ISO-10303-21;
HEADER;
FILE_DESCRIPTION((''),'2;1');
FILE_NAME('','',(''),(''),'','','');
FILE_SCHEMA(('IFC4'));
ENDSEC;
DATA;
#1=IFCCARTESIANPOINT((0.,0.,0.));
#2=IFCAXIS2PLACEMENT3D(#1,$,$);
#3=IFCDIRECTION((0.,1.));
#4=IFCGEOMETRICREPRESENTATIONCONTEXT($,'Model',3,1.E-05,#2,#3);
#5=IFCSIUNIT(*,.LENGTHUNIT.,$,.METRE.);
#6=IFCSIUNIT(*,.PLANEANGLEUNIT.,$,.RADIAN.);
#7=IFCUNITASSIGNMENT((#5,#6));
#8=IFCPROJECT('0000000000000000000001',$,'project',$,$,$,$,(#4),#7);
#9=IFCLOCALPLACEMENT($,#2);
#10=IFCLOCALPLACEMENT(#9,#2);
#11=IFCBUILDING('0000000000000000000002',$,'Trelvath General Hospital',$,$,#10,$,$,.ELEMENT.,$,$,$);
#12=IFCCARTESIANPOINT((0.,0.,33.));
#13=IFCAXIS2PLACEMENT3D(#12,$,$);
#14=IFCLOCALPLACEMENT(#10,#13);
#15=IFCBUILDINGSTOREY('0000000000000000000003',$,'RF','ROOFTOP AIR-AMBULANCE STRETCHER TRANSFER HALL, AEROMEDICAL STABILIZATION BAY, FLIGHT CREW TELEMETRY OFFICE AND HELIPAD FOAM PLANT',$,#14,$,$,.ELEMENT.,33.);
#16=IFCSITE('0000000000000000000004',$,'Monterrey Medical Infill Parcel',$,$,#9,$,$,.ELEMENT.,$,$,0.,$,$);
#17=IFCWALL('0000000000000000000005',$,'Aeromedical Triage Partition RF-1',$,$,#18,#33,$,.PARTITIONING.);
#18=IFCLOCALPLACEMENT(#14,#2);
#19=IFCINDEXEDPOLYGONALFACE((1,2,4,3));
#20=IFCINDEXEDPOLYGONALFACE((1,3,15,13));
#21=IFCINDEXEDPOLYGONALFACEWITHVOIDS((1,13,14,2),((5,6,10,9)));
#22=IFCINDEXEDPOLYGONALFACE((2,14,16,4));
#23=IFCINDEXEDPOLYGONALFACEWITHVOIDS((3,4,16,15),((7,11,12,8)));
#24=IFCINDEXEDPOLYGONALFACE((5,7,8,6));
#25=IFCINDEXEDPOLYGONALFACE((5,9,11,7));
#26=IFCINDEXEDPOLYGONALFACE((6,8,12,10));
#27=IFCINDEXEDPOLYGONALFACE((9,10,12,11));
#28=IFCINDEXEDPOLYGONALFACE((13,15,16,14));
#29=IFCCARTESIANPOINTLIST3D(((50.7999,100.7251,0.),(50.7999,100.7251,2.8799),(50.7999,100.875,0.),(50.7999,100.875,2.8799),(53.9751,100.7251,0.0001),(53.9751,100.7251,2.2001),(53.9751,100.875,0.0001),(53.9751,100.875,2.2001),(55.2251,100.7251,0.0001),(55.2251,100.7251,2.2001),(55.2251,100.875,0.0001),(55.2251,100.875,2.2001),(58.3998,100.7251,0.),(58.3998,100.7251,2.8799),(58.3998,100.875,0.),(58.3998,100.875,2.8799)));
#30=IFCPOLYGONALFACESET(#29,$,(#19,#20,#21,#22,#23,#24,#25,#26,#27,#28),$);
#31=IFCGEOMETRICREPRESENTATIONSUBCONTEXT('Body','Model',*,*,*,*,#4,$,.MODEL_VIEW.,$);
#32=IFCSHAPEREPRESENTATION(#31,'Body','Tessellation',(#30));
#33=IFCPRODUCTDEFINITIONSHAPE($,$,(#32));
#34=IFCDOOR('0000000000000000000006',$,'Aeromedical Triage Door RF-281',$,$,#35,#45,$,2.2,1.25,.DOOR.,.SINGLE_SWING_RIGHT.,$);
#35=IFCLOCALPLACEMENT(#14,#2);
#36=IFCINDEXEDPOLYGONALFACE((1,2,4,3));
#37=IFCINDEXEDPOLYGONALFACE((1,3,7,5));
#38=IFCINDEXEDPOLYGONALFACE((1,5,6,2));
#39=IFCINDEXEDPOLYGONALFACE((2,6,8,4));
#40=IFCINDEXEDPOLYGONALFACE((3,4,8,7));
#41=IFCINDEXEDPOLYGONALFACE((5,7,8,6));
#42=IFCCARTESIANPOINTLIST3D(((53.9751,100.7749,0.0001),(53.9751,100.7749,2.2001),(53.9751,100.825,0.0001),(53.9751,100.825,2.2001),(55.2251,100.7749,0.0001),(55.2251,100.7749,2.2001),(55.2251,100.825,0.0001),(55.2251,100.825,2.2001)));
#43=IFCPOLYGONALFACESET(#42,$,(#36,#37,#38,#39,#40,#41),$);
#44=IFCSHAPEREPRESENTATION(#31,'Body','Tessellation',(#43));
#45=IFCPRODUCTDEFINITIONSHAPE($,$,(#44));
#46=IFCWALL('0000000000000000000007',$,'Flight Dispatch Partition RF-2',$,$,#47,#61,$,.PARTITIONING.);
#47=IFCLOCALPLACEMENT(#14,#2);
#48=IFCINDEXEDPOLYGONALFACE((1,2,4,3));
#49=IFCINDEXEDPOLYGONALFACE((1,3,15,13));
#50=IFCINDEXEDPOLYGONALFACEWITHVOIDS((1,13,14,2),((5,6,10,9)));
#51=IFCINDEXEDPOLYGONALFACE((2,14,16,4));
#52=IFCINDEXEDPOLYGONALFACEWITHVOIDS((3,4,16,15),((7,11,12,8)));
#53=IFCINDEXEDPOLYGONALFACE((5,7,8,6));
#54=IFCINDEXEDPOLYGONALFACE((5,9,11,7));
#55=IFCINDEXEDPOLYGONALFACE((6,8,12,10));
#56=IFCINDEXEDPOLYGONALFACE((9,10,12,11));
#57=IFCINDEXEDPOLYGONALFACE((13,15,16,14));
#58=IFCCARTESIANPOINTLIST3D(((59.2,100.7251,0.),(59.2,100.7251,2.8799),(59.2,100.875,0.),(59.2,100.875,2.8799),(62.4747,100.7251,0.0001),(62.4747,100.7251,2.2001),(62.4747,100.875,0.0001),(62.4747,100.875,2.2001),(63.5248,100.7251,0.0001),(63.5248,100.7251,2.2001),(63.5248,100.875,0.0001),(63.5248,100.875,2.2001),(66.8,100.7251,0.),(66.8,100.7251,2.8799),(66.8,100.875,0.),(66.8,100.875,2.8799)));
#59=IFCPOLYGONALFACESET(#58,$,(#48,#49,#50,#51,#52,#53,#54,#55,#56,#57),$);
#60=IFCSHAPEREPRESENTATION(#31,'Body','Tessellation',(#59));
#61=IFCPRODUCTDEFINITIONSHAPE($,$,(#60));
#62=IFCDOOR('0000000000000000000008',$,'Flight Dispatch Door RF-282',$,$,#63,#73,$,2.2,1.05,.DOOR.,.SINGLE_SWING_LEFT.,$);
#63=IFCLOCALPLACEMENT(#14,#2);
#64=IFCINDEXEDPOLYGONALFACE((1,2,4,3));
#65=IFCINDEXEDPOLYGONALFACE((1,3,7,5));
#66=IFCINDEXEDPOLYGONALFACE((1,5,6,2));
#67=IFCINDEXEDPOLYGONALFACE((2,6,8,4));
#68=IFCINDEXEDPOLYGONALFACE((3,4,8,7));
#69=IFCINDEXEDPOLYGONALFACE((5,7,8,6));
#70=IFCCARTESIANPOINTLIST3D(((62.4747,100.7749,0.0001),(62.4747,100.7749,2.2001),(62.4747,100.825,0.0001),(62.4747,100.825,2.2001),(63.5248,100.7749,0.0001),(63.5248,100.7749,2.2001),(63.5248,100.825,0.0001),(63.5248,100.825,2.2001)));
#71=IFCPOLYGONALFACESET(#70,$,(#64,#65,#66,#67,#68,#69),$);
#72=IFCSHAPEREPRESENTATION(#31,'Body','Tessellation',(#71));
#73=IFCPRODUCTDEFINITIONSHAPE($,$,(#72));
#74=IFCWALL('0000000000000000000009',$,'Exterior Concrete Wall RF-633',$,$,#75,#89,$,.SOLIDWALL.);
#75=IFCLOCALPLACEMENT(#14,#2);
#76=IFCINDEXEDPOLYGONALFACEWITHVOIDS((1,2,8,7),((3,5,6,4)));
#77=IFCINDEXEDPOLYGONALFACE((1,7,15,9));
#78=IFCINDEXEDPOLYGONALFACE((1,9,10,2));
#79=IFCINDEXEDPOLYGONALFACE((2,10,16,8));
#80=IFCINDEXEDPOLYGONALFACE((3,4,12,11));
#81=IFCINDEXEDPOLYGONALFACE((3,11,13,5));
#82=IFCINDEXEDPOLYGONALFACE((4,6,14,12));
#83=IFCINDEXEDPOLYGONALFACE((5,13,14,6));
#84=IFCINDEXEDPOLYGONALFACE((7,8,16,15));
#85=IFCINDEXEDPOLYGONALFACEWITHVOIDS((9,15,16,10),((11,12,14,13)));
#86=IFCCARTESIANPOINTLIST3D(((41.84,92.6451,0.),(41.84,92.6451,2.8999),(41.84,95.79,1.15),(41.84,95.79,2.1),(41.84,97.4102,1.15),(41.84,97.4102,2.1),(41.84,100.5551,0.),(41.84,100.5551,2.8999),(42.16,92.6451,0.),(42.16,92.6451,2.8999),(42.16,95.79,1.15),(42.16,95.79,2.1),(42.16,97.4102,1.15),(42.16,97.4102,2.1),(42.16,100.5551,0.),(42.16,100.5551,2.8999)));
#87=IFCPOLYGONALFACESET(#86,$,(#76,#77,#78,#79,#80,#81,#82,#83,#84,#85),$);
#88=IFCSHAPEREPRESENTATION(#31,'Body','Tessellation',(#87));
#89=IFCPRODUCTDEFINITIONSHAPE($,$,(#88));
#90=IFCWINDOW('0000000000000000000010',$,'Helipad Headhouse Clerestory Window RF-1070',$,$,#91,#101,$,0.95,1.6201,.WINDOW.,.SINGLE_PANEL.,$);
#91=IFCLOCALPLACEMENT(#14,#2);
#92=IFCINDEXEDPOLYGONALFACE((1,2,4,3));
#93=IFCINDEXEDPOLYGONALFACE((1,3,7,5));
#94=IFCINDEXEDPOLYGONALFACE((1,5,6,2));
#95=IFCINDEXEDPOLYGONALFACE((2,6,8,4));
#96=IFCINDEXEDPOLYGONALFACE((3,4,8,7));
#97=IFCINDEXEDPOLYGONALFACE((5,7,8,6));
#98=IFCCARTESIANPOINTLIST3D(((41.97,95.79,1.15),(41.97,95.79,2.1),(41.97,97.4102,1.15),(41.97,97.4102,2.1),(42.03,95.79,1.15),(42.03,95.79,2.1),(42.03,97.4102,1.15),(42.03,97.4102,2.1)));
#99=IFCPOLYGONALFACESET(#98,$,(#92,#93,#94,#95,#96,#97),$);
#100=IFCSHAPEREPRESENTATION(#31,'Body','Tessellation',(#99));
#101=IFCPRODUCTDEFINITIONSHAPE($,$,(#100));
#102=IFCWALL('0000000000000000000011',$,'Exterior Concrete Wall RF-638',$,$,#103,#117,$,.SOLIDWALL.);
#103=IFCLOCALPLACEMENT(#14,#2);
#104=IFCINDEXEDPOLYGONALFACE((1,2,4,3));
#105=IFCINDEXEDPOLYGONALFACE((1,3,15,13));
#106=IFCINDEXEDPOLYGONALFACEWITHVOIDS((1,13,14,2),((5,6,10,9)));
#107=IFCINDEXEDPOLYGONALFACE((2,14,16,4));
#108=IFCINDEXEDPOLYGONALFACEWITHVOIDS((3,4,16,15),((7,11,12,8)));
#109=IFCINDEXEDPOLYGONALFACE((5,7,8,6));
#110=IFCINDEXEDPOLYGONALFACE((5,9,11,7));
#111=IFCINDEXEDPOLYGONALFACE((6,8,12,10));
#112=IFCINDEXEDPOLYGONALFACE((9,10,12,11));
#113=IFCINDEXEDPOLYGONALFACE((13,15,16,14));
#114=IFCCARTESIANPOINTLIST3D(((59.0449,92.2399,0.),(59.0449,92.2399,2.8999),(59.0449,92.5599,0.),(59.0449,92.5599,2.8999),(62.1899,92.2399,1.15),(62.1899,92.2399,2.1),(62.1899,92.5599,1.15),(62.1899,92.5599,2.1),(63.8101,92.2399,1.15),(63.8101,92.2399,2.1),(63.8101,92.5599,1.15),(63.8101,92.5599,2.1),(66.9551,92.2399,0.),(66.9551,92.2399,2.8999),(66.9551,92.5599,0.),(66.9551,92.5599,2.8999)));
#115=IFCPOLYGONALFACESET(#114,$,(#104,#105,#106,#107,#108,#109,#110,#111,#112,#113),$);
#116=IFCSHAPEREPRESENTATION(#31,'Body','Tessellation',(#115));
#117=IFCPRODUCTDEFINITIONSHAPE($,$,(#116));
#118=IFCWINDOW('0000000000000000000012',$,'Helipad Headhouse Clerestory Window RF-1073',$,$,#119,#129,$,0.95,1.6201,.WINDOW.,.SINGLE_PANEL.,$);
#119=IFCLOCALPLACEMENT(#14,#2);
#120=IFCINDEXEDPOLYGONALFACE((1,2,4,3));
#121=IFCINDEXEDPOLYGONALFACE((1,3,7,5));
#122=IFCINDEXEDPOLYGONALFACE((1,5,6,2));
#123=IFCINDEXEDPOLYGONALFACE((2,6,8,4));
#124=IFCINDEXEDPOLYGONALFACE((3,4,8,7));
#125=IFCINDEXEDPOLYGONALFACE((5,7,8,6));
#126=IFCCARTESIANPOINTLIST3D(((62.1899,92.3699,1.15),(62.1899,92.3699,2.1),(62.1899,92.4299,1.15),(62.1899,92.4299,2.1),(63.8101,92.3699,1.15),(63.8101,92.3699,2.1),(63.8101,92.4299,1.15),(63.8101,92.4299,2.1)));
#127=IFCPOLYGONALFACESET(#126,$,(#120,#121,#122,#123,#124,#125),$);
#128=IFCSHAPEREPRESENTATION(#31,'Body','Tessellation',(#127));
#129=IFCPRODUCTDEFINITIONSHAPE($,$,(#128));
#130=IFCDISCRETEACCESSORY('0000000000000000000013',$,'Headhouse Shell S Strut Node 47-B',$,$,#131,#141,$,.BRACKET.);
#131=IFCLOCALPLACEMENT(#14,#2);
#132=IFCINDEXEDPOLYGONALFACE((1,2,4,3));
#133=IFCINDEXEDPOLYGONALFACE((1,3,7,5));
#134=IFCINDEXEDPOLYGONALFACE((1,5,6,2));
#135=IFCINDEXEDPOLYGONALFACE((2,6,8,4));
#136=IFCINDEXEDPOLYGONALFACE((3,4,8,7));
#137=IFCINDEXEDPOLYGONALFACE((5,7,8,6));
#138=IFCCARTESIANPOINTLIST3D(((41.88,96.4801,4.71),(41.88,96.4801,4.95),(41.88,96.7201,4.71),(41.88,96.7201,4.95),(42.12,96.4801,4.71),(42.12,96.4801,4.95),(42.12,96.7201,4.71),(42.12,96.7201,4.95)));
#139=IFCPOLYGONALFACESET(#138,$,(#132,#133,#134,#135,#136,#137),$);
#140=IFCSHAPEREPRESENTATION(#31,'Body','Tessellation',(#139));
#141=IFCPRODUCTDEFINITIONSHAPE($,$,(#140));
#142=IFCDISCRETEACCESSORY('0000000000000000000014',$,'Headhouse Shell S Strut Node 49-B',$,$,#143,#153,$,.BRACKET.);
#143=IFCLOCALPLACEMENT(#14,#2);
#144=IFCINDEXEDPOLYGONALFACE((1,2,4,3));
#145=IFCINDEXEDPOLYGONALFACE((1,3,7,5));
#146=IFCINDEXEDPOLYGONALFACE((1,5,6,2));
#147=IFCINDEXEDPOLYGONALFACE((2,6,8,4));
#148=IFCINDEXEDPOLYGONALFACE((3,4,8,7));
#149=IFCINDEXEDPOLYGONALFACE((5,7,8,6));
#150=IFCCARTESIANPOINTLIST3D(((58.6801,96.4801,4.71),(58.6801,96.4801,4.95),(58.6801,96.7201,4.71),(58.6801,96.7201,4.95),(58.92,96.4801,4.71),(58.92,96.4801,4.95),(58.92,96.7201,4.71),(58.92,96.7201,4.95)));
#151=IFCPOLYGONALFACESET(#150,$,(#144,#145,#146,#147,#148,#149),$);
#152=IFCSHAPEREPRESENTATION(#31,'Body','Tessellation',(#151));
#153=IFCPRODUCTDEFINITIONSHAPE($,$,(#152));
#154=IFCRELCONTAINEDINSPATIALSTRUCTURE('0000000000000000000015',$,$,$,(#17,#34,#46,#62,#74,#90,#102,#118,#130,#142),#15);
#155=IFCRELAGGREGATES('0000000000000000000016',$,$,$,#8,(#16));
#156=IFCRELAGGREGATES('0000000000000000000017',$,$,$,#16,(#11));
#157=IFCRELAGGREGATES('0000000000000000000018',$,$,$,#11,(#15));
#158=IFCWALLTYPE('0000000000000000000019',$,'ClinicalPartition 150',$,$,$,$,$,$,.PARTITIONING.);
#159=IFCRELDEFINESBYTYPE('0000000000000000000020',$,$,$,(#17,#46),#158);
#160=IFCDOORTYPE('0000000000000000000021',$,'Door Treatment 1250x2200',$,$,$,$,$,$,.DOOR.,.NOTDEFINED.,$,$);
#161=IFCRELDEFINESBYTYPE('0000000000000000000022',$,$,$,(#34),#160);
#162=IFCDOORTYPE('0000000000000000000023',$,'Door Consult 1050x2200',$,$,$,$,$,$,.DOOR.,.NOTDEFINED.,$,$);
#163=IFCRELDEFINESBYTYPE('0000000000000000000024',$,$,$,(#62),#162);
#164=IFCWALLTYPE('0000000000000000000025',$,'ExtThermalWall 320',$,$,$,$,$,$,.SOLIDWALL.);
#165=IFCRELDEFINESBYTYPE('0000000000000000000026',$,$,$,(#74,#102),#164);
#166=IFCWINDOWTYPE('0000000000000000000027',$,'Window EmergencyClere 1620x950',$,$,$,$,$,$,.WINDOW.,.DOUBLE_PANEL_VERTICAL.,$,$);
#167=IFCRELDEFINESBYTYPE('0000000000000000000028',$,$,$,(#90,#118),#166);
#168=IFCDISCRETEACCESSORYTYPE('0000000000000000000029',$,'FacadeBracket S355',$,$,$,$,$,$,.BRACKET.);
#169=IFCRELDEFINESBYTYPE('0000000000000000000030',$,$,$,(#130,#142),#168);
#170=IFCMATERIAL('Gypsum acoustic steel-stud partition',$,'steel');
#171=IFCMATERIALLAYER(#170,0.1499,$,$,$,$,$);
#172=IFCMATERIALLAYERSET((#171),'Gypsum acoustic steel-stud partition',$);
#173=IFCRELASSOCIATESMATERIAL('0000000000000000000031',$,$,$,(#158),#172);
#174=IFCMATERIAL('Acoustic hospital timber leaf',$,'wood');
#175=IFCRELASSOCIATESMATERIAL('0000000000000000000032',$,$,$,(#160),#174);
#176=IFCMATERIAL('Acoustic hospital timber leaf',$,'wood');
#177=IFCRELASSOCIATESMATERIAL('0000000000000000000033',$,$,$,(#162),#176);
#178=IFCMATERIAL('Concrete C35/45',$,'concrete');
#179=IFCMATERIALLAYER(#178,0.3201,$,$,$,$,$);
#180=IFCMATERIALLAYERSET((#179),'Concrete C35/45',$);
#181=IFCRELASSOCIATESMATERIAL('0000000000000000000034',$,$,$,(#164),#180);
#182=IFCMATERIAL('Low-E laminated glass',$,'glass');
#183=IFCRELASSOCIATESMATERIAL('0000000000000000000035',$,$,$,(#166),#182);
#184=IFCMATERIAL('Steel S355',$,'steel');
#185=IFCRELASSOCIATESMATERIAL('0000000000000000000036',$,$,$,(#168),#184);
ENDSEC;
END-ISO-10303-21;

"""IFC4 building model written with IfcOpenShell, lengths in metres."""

from ifc_helpers import new_model, si_unit, direction, frame, frame_2d, origin, origin_2d, place, context, subcontext, project, spatial, rectangle, extrude, material, layer, layer_set, type_object, element, fill, save


model = new_model("IFC4")

# Units and contexts
model_context = context("Model", 3, precision=1e-05, world=origin(), true_north=direction((0.0, 1.0)))
body_context = subcontext(model_context, "Body", "Model", "MODEL_VIEW")
ifc_project = project(units=[si_unit("LENGTHUNIT", "METRE"), si_unit("PLANEANGLEUNIT", "RADIAN")], contexts=[model_context])

# Site, building, storey
site_placement = place(None, origin())
site = spatial("IfcSite", under=ifc_project, at=site_placement, Name="Monterrey Medical Infill Parcel", CompositionType="ELEMENT", RefElevation=0.0)
building_placement = place(site_placement, origin())
building = spatial("IfcBuilding", under=site, at=building_placement, Name="Trelvath General Hospital", CompositionType="ELEMENT")
storey_placement = place(building_placement, frame((0.0, 0.0, 33.0)))
storey = spatial("IfcBuildingStorey", under=building, at=storey_placement, Name="RF", Description="ROOFTOP AIR-AMBULANCE STRETCHER TRANSFER HALL, AEROMEDICAL STABILIZATION BAY, FLIGHT CREW TELEMETRY OFFICE AND HELIPAD FOAM PLANT", CompositionType="ELEMENT", Elevation=33.0)

# Walls, openings, doors
ifc_material_1 = material(Name="Gypsum acoustic steel-stud partition", Category="steel")
ifc_layer_1 = layer(ifc_material_1, 0.1499)
ifc_layer_set_1 = layer_set([ifc_layer_1], Name="Gypsum acoustic steel-stud partition")
wall_type_1 = type_object("IfcWallType", Name="ClinicalPartition 150", PredefinedType="PARTITIONING", material=ifc_layer_set_1)
wall_1_placement = place(storey_placement, frame((50.8, 100.8, 0.0), z_axis=(0.0, 0.0, 1.0), x_axis=(1.0, 0.0, 0.0)))
wall_1 = element("IfcWall", 1, at=wall_1_placement, inside=storey, type_object=wall_type_1, Name="Aeromedical Triage Partition RF-1", PredefinedType="PARTITIONING", context=body_context, shape_type="SweptSolid", body=[
    extrude(rectangle(XDim=7.5999, YDim=0.1499, at=frame_2d((3.7998, 0.0))), origin(), (0.0, 0.0, 1.0), 2.8799),
])
opening_1_placement = place(wall_1_placement, frame((3.175, 0.0, 0.0)))
opening_1 = element("IfcOpeningElement", 2, at=opening_1_placement, cuts=wall_1, PredefinedType="OPENING", context=body_context, shape_type="SweptSolid", body=[
    extrude(rectangle(XDim=1.25, YDim=2.2, at=frame_2d((0.625, 1.1001))), frame((0.0, 0.085, 0.0), z_axis=(0.0, -1.0, 0.0), x_axis=(1.0, 0.0, 0.0)), (0.0, 0.0, 1.0), 0.1699),
])
ifc_material_2 = material(Name="Acoustic hospital timber leaf", Category="wood")
door_type_1 = type_object("IfcDoorType", Name="Door Treatment 1250x2200", OperationType="NOTDEFINED", PredefinedType="DOOR", material=ifc_material_2)
door_1_placement = place(opening_1_placement, origin())
door_1 = element("IfcDoor", 3, at=door_1_placement, inside=storey, type_object=door_type_1, Name="Aeromedical Triage Door RF-281", OperationType="SINGLE_SWING_RIGHT", OverallHeight=2.2, OverallWidth=1.25, PredefinedType="DOOR", context=body_context, shape_type="SweptSolid", body=[
    extrude(rectangle(XDim=1.25, YDim=2.2, at=frame_2d((0.625, 1.1001))), frame((0.0, 0.0249, 0.0), z_axis=(0.0, -1.0, 0.0), x_axis=(1.0, 0.0, 0.0)), (0.0, 0.0, 1.0), 0.05),
])
fill(opening_1, door_1)
wall_2_placement = place(storey_placement, frame((59.2, 100.8, 0.0), z_axis=(0.0, 0.0, 1.0), x_axis=(1.0, 0.0, 0.0)))
wall_2 = element("IfcWall", 4, at=wall_2_placement, inside=storey, type_object=wall_type_1, Name="Flight Dispatch Partition RF-2", PredefinedType="PARTITIONING", context=body_context, shape_type="SweptSolid", body=[
    extrude(rectangle(XDim=7.6001, YDim=0.1499, at=frame_2d((3.8, 0.0))), origin(), (0.0, 0.0, 1.0), 2.8799),
])
opening_2_placement = place(wall_2_placement, frame((3.2749, 0.0, 0.0)))
opening_2 = element("IfcOpeningElement", 5, at=opening_2_placement, cuts=wall_2, PredefinedType="OPENING", context=body_context, shape_type="SweptSolid", body=[
    extrude(rectangle(XDim=1.05, YDim=2.2, at=frame_2d((0.5249, 1.1001))), frame((0.0, 0.085, 0.0), z_axis=(0.0, -1.0, 0.0), x_axis=(1.0, 0.0, 0.0)), (0.0, 0.0, 1.0), 0.1699),
])
ifc_material_3 = material(Name="Acoustic hospital timber leaf", Category="wood")
door_type_2 = type_object("IfcDoorType", Name="Door Consult 1050x2200", OperationType="NOTDEFINED", PredefinedType="DOOR", material=ifc_material_3)
door_2_placement = place(opening_2_placement, origin())
door_2 = element("IfcDoor", 6, at=door_2_placement, inside=storey, type_object=door_type_2, Name="Flight Dispatch Door RF-282", OperationType="SINGLE_SWING_LEFT", OverallHeight=2.2, OverallWidth=1.05, PredefinedType="DOOR", context=body_context, shape_type="SweptSolid", body=[
    extrude(rectangle(XDim=1.05, YDim=2.2, at=frame_2d((0.5249, 1.1001))), frame((0.0, 0.0249, 0.0), z_axis=(0.0, -1.0, 0.0), x_axis=(1.0, 0.0, 0.0)), (0.0, 0.0, 1.0), 0.05),
])
fill(opening_2, door_2)

# Walls, openings, windows
ifc_material_4 = material(Name="Concrete C35/45", Category="concrete")
ifc_layer_2 = layer(ifc_material_4, 0.3201)
ifc_layer_set_2 = layer_set([ifc_layer_2], Name="Concrete C35/45")
wall_type_2 = type_object("IfcWallType", Name="ExtThermalWall 320", PredefinedType="SOLIDWALL", material=ifc_layer_set_2)
wall_3_placement = place(storey_placement, frame((42.0, 92.645, 0.0), z_axis=(0.0, 0.0, 1.0), x_axis=(0.0, 1.0, 0.0)))
wall_3 = element("IfcWall", 7, at=wall_3_placement, inside=storey, type_object=wall_type_2, Name="Exterior Concrete Wall RF-633", PredefinedType="SOLIDWALL", context=body_context, shape_type="SweptSolid", body=[
    extrude(rectangle(XDim=7.9099, YDim=0.3201, at=frame_2d((3.9551, 0.0))), origin(), (0.0, 0.0, 1.0), 2.8999),
])
opening_3_placement = place(wall_3_placement, frame((3.145, 0.0, 1.1499)))
opening_3 = element("IfcOpeningElement", 8, at=opening_3_placement, cuts=wall_3, PredefinedType="OPENING", context=body_context, shape_type="SweptSolid", body=[
    extrude(rectangle(XDim=1.6201, YDim=0.95, at=frame_2d((0.8101, 0.4751))), frame((0.0, 0.1699, 0.0), z_axis=(0.0, -1.0, 0.0), x_axis=(1.0, 0.0, 0.0)), (0.0, 0.0, 1.0), 0.3401),
])
ifc_material_5 = material(Name="Low-E laminated glass", Category="glass")
window_type = type_object("IfcWindowType", Name="Window EmergencyClere 1620x950", PartitioningType="DOUBLE_PANEL_VERTICAL", PredefinedType="WINDOW", material=ifc_material_5)
window_1_placement = place(opening_3_placement, origin())
window_1 = element("IfcWindow", 9, at=window_1_placement, inside=storey, type_object=window_type, Name="Helipad Headhouse Clerestory Window RF-1070", OverallHeight=0.95, OverallWidth=1.6201, PartitioningType="SINGLE_PANEL", PredefinedType="WINDOW", context=body_context, shape_type="SweptSolid", body=[
    extrude(rectangle(XDim=1.6201, YDim=0.95, at=frame_2d((0.8101, 0.4751))), frame((0.0, 0.03, 0.0), z_axis=(0.0, -1.0, 0.0), x_axis=(1.0, 0.0, 0.0)), (0.0, 0.0, 1.0), 0.0601),
])
fill(opening_3, window_1)
wall_4_placement = place(storey_placement, frame((66.9551, 92.3999, 0.0), z_axis=(0.0, 0.0, 1.0), x_axis=(-1.0, 0.0, 0.0)))
wall_4 = element("IfcWall", 10, at=wall_4_placement, inside=storey, type_object=wall_type_2, Name="Exterior Concrete Wall RF-638", PredefinedType="SOLIDWALL", context=body_context, shape_type="SweptSolid", body=[
    extrude(rectangle(XDim=7.9102, YDim=0.3201, at=frame_2d((3.9551, 0.0))), origin(), (0.0, 0.0, 1.0), 2.8999),
])
opening_4_placement = place(wall_4_placement, frame((3.145, 0.0, 1.1499)))
opening_4 = element("IfcOpeningElement", 11, at=opening_4_placement, cuts=wall_4, PredefinedType="OPENING", context=body_context, shape_type="SweptSolid", body=[
    extrude(rectangle(XDim=1.6201, YDim=0.95, at=frame_2d((0.8101, 0.4751))), frame((0.0, 0.1699, 0.0), z_axis=(0.0, -1.0, 0.0), x_axis=(1.0, 0.0, 0.0)), (0.0, 0.0, 1.0), 0.3401),
])
window_2_placement = place(opening_4_placement, origin())
window_2 = element("IfcWindow", 12, at=window_2_placement, inside=storey, type_object=window_type, Name="Helipad Headhouse Clerestory Window RF-1073", OverallHeight=0.95, OverallWidth=1.6201, PartitioningType="SINGLE_PANEL", PredefinedType="WINDOW", context=body_context, shape_type="SweptSolid", body=[
    extrude(rectangle(XDim=1.6201, YDim=0.95, at=frame_2d((0.8101, 0.4751))), frame((0.0, 0.03, 0.0), z_axis=(0.0, -1.0, 0.0), x_axis=(1.0, 0.0, 0.0)), (0.0, 0.0, 1.0), 0.0601),
])
fill(opening_4, window_2)

# Discrete accessories
ifc_material_6 = material(Name="Steel S355", Category="steel")
discrete_accessory_type = type_object("IfcDiscreteAccessoryType", Name="FacadeBracket S355", PredefinedType="BRACKET", material=ifc_material_6)
for number, where, z_axis, x_axis, name in (
    (13, (42.0, 96.6001, 4.71), (0.0, 0.0, 1.0), (1.0, 0.0, 0.0), "Headhouse Shell S Strut Node 47-B"),
    (14, (58.8, 96.6001, 4.71), (0.0, 0.0, 1.0), (1.0, 0.0, 0.0), "Headhouse Shell S Strut Node 49-B"),
):
    element("IfcDiscreteAccessory", number, at=place(storey_placement, frame(where, z_axis=z_axis, x_axis=x_axis)), inside=storey, type_object=discrete_accessory_type, Name=name, PredefinedType="BRACKET", context=body_context, shape_type="SweptSolid", body=[
        extrude(rectangle(XDim=0.24, YDim=0.24, at=origin_2d()), origin(), (0.0, 0.0, 1.0), 0.24),
    ])

save(model, "model.ifc")
